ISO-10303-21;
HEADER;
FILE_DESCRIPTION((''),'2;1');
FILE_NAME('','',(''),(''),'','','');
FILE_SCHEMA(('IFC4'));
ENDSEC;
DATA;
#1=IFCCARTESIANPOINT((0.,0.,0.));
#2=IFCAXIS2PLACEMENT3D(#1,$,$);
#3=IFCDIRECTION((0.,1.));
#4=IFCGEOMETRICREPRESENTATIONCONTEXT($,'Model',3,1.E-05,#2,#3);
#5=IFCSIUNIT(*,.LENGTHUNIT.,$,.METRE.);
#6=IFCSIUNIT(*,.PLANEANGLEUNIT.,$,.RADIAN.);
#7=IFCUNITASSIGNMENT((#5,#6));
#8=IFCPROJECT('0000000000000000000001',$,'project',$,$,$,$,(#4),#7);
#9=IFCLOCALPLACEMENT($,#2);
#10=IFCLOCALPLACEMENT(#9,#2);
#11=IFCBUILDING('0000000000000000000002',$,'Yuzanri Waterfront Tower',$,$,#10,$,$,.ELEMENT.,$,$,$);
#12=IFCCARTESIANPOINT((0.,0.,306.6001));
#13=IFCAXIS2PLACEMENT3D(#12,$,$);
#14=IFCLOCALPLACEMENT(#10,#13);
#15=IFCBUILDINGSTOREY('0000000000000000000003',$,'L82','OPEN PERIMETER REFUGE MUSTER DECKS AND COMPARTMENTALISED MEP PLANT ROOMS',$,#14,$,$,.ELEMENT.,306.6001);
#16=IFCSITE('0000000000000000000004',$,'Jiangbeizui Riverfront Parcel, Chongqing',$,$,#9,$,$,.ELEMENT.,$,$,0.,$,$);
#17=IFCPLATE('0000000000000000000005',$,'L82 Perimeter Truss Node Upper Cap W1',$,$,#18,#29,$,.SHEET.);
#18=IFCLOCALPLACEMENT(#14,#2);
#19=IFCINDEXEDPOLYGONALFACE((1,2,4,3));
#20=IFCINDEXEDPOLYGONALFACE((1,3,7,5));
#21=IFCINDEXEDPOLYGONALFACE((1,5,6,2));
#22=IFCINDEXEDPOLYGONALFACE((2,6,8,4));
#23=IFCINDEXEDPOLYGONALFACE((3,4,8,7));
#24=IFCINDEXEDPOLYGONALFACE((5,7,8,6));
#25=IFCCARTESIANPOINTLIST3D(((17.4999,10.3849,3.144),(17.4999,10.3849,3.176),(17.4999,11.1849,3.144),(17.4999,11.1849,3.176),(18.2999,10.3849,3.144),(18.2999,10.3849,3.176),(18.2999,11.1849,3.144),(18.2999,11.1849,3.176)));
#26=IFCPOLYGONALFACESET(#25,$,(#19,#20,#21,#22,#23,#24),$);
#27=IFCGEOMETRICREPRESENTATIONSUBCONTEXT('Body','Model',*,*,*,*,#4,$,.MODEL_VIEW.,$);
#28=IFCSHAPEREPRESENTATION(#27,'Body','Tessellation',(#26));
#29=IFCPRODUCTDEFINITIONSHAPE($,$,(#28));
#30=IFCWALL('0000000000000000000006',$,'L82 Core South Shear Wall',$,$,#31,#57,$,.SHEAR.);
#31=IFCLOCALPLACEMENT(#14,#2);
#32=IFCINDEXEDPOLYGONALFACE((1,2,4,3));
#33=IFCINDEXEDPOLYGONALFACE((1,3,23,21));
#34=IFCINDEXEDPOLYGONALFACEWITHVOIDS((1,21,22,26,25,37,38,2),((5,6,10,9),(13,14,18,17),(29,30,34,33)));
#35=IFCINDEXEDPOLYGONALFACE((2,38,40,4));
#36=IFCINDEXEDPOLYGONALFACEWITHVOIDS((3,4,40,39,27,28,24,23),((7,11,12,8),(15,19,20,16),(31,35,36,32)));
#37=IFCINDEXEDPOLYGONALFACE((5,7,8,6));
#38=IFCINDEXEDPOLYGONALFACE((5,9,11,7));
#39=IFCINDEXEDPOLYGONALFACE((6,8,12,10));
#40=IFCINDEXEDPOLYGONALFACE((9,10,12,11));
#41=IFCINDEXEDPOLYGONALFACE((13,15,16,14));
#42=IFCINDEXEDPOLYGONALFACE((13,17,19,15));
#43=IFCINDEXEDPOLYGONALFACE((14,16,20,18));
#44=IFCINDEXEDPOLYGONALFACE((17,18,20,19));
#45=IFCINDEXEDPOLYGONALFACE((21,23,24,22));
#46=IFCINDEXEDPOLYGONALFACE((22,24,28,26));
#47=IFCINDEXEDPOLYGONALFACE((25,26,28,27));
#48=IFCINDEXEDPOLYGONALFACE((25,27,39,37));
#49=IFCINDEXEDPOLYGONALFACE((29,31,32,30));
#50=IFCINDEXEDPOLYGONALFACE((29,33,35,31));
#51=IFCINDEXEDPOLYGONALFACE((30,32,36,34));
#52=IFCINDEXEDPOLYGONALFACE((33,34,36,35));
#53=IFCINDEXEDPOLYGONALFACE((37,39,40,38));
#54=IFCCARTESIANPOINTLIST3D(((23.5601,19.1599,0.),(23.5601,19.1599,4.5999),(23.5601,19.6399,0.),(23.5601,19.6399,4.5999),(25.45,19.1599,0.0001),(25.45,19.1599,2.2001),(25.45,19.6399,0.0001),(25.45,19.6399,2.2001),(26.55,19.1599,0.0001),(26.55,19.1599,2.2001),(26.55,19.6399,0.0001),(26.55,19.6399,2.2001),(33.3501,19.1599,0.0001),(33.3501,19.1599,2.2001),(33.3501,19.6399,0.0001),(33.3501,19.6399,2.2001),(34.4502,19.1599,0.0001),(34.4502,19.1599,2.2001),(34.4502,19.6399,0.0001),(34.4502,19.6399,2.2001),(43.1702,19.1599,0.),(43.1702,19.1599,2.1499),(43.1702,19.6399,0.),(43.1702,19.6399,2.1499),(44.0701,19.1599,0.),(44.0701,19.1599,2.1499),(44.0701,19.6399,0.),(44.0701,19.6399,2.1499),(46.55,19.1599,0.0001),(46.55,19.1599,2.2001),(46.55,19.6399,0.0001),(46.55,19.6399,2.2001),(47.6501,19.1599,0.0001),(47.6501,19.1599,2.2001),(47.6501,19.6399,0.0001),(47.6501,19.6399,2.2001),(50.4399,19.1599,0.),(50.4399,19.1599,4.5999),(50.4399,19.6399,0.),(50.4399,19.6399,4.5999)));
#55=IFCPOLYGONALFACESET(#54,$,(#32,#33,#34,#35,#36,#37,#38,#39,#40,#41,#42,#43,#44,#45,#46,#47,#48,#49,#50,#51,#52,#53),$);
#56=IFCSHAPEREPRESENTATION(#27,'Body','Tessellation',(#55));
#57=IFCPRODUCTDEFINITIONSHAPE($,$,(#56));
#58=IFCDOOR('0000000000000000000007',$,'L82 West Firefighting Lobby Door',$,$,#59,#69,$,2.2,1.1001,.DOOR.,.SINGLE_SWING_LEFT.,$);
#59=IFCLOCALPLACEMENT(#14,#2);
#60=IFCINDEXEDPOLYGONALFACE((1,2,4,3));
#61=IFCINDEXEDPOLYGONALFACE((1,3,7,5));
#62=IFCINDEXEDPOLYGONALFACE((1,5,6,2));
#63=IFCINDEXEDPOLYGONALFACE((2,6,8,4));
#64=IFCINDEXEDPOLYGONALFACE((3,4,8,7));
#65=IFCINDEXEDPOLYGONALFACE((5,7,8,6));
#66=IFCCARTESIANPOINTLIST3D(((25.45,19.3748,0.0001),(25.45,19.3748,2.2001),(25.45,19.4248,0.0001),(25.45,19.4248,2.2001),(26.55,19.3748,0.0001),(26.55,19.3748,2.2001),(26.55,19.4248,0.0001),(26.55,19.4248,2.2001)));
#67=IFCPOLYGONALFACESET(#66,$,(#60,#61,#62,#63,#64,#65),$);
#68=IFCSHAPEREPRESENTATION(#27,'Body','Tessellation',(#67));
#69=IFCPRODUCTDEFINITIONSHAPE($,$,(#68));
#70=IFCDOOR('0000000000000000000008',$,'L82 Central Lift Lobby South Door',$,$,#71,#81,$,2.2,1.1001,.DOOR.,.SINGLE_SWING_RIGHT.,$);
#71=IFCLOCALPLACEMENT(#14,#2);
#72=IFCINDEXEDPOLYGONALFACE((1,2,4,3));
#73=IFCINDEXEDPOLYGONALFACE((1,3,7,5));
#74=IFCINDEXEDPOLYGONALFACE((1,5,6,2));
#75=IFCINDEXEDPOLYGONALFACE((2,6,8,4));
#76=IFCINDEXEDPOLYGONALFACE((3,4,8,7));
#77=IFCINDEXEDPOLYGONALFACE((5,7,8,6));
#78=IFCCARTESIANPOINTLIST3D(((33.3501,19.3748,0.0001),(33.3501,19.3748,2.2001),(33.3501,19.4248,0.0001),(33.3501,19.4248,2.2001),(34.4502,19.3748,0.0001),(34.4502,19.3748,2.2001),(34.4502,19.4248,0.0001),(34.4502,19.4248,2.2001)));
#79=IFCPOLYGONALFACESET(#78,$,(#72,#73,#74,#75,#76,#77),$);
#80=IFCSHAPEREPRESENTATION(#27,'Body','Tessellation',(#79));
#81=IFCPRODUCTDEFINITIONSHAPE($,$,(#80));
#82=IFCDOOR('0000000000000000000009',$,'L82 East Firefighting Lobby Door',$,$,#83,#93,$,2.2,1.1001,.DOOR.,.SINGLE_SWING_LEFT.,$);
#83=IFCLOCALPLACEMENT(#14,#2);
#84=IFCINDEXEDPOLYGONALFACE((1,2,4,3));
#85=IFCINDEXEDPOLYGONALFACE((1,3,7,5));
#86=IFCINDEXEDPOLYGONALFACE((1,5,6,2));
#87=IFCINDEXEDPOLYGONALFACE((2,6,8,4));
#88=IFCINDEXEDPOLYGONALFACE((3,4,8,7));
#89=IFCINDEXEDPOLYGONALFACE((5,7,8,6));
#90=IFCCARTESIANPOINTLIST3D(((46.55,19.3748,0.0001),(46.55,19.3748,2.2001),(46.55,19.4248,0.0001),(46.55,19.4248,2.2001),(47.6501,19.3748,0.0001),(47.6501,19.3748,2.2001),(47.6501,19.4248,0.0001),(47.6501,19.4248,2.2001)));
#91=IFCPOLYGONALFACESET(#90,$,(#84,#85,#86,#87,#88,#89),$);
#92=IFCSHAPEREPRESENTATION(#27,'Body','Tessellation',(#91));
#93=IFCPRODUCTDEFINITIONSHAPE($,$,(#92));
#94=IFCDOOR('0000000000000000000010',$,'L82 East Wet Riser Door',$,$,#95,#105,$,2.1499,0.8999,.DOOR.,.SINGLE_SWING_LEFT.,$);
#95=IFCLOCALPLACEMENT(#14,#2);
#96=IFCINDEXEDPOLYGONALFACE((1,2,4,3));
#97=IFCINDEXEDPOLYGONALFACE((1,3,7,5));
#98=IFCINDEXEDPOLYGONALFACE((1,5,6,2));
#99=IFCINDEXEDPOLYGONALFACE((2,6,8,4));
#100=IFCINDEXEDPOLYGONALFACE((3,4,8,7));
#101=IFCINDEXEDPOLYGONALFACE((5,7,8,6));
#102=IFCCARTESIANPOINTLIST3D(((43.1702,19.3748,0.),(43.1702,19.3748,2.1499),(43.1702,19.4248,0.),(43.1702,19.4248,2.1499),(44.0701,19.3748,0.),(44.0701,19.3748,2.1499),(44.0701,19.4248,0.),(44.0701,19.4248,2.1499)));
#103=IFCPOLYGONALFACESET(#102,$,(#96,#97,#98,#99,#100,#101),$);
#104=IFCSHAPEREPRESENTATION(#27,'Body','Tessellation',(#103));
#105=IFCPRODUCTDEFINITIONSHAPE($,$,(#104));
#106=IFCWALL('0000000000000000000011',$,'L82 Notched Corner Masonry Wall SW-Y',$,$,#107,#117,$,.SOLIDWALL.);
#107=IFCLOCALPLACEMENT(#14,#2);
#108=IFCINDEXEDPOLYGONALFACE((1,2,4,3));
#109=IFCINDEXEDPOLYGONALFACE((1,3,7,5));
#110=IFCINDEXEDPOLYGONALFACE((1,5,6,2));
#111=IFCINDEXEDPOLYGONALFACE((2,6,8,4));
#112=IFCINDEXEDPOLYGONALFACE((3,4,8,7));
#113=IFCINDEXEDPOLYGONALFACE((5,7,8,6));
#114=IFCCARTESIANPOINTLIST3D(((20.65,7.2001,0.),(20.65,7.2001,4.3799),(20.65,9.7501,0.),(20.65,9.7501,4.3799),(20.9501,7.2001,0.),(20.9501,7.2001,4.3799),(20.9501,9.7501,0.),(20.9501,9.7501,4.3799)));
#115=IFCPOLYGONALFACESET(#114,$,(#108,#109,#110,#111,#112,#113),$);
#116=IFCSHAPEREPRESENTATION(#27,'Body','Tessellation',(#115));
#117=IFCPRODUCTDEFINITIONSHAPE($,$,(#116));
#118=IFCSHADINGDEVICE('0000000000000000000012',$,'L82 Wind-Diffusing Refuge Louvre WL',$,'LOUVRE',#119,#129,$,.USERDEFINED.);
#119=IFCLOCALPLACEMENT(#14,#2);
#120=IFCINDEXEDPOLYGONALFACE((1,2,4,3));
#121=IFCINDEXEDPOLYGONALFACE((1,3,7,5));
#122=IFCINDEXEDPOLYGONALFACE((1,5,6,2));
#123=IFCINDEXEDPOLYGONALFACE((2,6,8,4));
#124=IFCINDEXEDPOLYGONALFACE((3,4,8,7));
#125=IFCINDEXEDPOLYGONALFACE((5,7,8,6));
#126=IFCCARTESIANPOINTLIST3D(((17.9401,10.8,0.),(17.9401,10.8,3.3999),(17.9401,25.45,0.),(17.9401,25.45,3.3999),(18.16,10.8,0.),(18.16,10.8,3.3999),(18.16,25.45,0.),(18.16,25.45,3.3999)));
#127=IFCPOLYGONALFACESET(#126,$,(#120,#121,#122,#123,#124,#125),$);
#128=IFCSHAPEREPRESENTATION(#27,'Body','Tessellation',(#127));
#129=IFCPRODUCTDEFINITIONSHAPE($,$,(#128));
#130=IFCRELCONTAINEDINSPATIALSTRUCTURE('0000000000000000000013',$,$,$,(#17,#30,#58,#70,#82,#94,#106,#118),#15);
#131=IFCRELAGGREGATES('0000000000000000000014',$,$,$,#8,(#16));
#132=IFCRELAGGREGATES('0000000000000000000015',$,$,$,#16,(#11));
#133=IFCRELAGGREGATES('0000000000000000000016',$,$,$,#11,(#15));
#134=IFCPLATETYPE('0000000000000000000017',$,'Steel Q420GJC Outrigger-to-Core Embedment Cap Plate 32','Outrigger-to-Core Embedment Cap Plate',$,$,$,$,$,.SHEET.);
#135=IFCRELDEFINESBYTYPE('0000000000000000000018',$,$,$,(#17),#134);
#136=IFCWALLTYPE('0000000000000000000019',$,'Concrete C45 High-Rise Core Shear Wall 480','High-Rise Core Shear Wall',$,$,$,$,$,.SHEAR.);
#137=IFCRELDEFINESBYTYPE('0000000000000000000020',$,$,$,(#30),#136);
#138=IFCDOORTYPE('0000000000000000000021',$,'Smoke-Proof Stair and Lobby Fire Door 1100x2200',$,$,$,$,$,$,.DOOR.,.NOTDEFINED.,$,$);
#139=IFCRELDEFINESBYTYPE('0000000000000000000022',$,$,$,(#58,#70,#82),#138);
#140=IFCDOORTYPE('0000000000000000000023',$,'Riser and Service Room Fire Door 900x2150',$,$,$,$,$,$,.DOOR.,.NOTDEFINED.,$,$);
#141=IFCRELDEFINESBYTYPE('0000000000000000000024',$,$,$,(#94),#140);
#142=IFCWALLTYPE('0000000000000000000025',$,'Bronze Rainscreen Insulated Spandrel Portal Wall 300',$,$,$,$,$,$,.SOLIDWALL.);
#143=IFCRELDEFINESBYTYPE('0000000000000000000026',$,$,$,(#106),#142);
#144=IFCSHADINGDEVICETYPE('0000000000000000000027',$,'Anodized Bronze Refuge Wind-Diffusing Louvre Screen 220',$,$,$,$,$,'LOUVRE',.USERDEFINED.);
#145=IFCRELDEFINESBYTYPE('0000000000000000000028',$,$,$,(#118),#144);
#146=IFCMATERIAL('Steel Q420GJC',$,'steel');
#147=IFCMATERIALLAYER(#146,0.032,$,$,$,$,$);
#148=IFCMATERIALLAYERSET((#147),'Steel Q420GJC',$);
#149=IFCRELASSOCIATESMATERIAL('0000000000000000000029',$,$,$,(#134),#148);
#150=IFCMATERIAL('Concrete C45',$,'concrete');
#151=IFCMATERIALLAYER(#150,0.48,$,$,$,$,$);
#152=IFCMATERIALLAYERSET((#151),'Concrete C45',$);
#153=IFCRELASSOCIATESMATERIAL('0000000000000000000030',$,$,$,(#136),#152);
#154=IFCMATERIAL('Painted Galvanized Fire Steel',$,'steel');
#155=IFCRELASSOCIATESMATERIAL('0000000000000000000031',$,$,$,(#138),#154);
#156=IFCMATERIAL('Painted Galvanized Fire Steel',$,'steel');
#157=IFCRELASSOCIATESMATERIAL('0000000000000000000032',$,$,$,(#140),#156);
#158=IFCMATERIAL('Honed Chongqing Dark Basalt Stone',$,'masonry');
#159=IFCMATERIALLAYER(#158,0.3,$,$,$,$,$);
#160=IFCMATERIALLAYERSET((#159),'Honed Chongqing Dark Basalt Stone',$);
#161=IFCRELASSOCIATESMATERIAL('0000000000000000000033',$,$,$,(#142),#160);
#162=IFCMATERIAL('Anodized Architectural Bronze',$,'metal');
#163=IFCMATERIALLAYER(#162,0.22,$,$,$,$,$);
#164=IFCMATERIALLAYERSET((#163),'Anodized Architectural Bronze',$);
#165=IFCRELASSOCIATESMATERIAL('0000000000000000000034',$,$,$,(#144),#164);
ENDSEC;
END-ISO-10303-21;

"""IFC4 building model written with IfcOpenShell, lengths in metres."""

from ifc_helpers import new_model, si_unit, direction, frame, frame_2d, origin, origin_2d, place, context, subcontext, project, spatial, rectangle, extrude, source, transform, mapped, material, layer, layer_set, type_object, element, fill, save


model = new_model("IFC4")

# Units and contexts
model_context = context("Model", 3, precision=1e-05, world=origin(), true_north=direction((0.0, 1.0)))
body_context = subcontext(model_context, "Body", "Model", "MODEL_VIEW")
ifc_project = project(units=[si_unit("LENGTHUNIT", "METRE"), si_unit("PLANEANGLEUNIT", "RADIAN")], contexts=[model_context])

# Site, building, storey
site_placement = place(None, origin())
site = spatial("IfcSite", under=ifc_project, at=site_placement, Name="Jiangbeizui Riverfront Parcel, Chongqing", CompositionType="ELEMENT", RefElevation=0.0)
building_placement = place(site_placement, origin())
building = spatial("IfcBuilding", under=site, at=building_placement, Name="Yuzanri Waterfront Tower", CompositionType="ELEMENT")
storey_placement = place(building_placement, frame((0.0, 0.0, 306.6001)))
storey = spatial("IfcBuildingStorey", under=building, at=storey_placement, Name="L82", Description="OPEN PERIMETER REFUGE MUSTER DECKS AND COMPARTMENTALISED MEP PLANT ROOMS", CompositionType="ELEMENT", Elevation=306.6001)

# Plate
ifc_material_1 = material(Name="Steel Q420GJC", Category="steel")
ifc_layer_1 = layer(ifc_material_1, 0.032)
ifc_layer_set_1 = layer_set([ifc_layer_1], Name="Steel Q420GJC")
plate_type_1 = type_object("IfcPlateType", Name="Steel Q420GJC Outrigger-to-Core Embedment Cap Plate 32", Description="Outrigger-to-Core Embedment Cap Plate", PredefinedType="SHEET", material=ifc_layer_set_1)
shared_shape_1 = source(origin(), body_context, "Body", "SweptSolid", [
    extrude(rectangle(XDim=0.8, YDim=0.8, at=origin_2d()), origin(), (0.0, 0.0, 1.0), 0.032),
])
for number, where, z_axis, x_axis, name in (
    (1, (17.8999, 10.7849, 3.144), (0.0, 0.0, 1.0), (1.0, 0.0, 0.0), "L82 Perimeter Truss Node Upper Cap W1"),
):
    element("IfcPlate", number, at=place(storey_placement, frame(where, z_axis=z_axis, x_axis=x_axis)), inside=storey, type_object=plate_type_1, Name=name, PredefinedType="SHEET", context=body_context, shape_type="MappedRepresentation", body=[
        mapped(shared_shape_1, transform((0.0, 0.0, 0.0), scale=1.0)),
    ])

# Wall, openings, doors
ifc_material_2 = material(Name="Concrete C45", Category="concrete")
ifc_layer_2 = layer(ifc_material_2, 0.48)
ifc_layer_set_2 = layer_set([ifc_layer_2], Name="Concrete C45")
wall_type_1 = type_object("IfcWallType", Name="Concrete C45 High-Rise Core Shear Wall 480", Description="High-Rise Core Shear Wall", PredefinedType="SHEAR", material=ifc_layer_set_2)
wall_1_placement = place(storey_placement, frame((23.5601, 19.3999, 0.0), z_axis=(0.0, 0.0, 1.0), x_axis=(1.0, 0.0, 0.0)))
wall_1 = element("IfcWall", 2, at=wall_1_placement, inside=storey, type_object=wall_type_1, Name="L82 Core South Shear Wall", PredefinedType="SHEAR", context=body_context, shape_type="SweptSolid", body=[
    extrude(rectangle(XDim=26.8799, YDim=0.48, at=frame_2d((13.4399, 0.0))), origin(), (0.0, 0.0, 1.0), 4.5999),
])
opening_1_placement = place(wall_1_placement, frame((1.8899, 0.0, 0.0)))
opening_1 = element("IfcOpeningElement", 3, at=opening_1_placement, cuts=wall_1, PredefinedType="OPENING", context=body_context, shape_type="SweptSolid", body=[
    extrude(rectangle(XDim=1.1001, YDim=2.2, at=frame_2d((0.55, 1.1001))), frame((0.0, 0.2549, 0.0), z_axis=(0.0, -1.0, 0.0), x_axis=(1.0, 0.0, 0.0)), (0.0, 0.0, 1.0), 0.5098),
])
opening_2_placement = place(wall_1_placement, frame((9.79, 0.0, 0.0)))
opening_2 = element("IfcOpeningElement", 4, at=opening_2_placement, cuts=wall_1, PredefinedType="OPENING", context=body_context, shape_type="SweptSolid", body=[
    extrude(rectangle(XDim=1.1001, YDim=2.2, at=frame_2d((0.55, 1.1001))), frame((0.0, 0.2549, 0.0), z_axis=(0.0, -1.0, 0.0), x_axis=(1.0, 0.0, 0.0)), (0.0, 0.0, 1.0), 0.5098),
])
opening_3_placement = place(wall_1_placement, frame((22.99, 0.0, 0.0)))
opening_3 = element("IfcOpeningElement", 5, at=opening_3_placement, cuts=wall_1, PredefinedType="OPENING", context=body_context, shape_type="SweptSolid", body=[
    extrude(rectangle(XDim=1.1001, YDim=2.2, at=frame_2d((0.55, 1.1001))), frame((0.0, 0.2549, 0.0), z_axis=(0.0, -1.0, 0.0), x_axis=(1.0, 0.0, 0.0)), (0.0, 0.0, 1.0), 0.5098),
])
opening_4_placement = place(wall_1_placement, frame((19.6101, 0.0, 0.0)))
opening_4 = element("IfcOpeningElement", 6, at=opening_4_placement, cuts=wall_1, PredefinedType="OPENING", context=body_context, shape_type="SweptSolid", body=[
    extrude(rectangle(XDim=0.8999, YDim=2.1499, at=frame_2d((0.45, 1.075))), frame((0.0, 0.2549, 0.0), z_axis=(0.0, -1.0, 0.0), x_axis=(1.0, 0.0, 0.0)), (0.0, 0.0, 1.0), 0.5098),
])
ifc_material_3 = material(Name="Painted Galvanized Fire Steel", Category="steel")
door_type_1 = type_object("IfcDoorType", Name="Smoke-Proof Stair and Lobby Fire Door 1100x2200", OperationType="NOTDEFINED", PredefinedType="DOOR", material=ifc_material_3)
shared_shape_2 = source(origin(), body_context, "Body", "SweptSolid", [
    extrude(rectangle(XDim=1.1001, YDim=2.2, at=frame_2d((0.55, 1.1001))), frame((0.0, 0.0249, 0.0), z_axis=(0.0, -1.0, 0.0), x_axis=(1.0, 0.0, 0.0)), (0.0, 0.0, 1.0), 0.05),
])
door_1_placement = place(opening_1_placement, origin())
door_1 = element("IfcDoor", 7, at=door_1_placement, inside=storey, type_object=door_type_1, Name="L82 West Firefighting Lobby Door", OperationType="SINGLE_SWING_LEFT", OverallHeight=2.2, OverallWidth=1.1001, PredefinedType="DOOR", context=body_context, shape_type="MappedRepresentation", body=[
    mapped(shared_shape_2, transform((0.0, 0.0, 0.0), scale=1.0)),
])
fill(opening_1, door_1)
door_2_placement = place(opening_2_placement, origin())
door_2 = element("IfcDoor", 8, at=door_2_placement, inside=storey, type_object=door_type_1, Name="L82 Central Lift Lobby South Door", OperationType="SINGLE_SWING_RIGHT", OverallHeight=2.2, OverallWidth=1.1001, PredefinedType="DOOR", context=body_context, shape_type="MappedRepresentation", body=[
    mapped(shared_shape_2, transform((0.0, 0.0, 0.0), scale=1.0)),
])
fill(opening_2, door_2)
door_3_placement = place(opening_3_placement, origin())
door_3 = element("IfcDoor", 9, at=door_3_placement, inside=storey, type_object=door_type_1, Name="L82 East Firefighting Lobby Door", OperationType="SINGLE_SWING_LEFT", OverallHeight=2.2, OverallWidth=1.1001, PredefinedType="DOOR", context=body_context, shape_type="MappedRepresentation", body=[
    mapped(shared_shape_2, transform((0.0, 0.0, 0.0), scale=1.0)),
])
fill(opening_3, door_3)
ifc_material_4 = material(Name="Painted Galvanized Fire Steel", Category="steel")
door_type_2 = type_object("IfcDoorType", Name="Riser and Service Room Fire Door 900x2150", OperationType="NOTDEFINED", PredefinedType="DOOR", material=ifc_material_4)
shared_shape_3 = source(origin(), body_context, "Body", "SweptSolid", [
    extrude(rectangle(XDim=0.8999, YDim=2.1499, at=frame_2d((0.45, 1.075))), frame((0.0, 0.0249, 0.0), z_axis=(0.0, -1.0, 0.0), x_axis=(1.0, 0.0, 0.0)), (0.0, 0.0, 1.0), 0.05),
])
door_4_placement = place(opening_4_placement, origin())
door_4 = element("IfcDoor", 10, at=door_4_placement, inside=storey, type_object=door_type_2, Name="L82 East Wet Riser Door", OperationType="SINGLE_SWING_LEFT", OverallHeight=2.1499, OverallWidth=0.8999, PredefinedType="DOOR", context=body_context, shape_type="MappedRepresentation", body=[
    mapped(shared_shape_3, transform((0.0, 0.0, 0.0), scale=1.0)),
])
fill(opening_4, door_4)

# Wall
ifc_material_5 = material(Name="Honed Chongqing Dark Basalt Stone", Category="masonry")
ifc_layer_3 = layer(ifc_material_5, 0.3)
ifc_layer_set_3 = layer_set([ifc_layer_3], Name="Honed Chongqing Dark Basalt Stone")
wall_type_2 = type_object("IfcWallType", Name="Bronze Rainscreen Insulated Spandrel Portal Wall 300", PredefinedType="SOLIDWALL", material=ifc_layer_set_3)
shared_shape_4 = source(origin(), body_context, "Body", "SweptSolid", [
    extrude(rectangle(XDim=2.55, YDim=0.3, at=frame_2d((1.2749, 0.0))), origin(), (0.0, 0.0, 1.0), 4.3799),
])
wall_2_placement = place(storey_placement, frame((20.8, 9.75, 0.0), z_axis=(0.0, 0.0, 1.0), x_axis=(0.0, -1.0, 0.0)))
element("IfcWall", 11, at=wall_2_placement, inside=storey, type_object=wall_type_2, Name="L82 Notched Corner Masonry Wall SW-Y", PredefinedType="SOLIDWALL", context=body_context, shape_type="MappedRepresentation", body=[
    mapped(shared_shape_4, transform((0.0, 0.0, 0.0), scale=1.0)),
])

# Shading device
ifc_material_6 = material(Name="Anodized Architectural Bronze", Category="metal")
ifc_layer_4 = layer(ifc_material_6, 0.22)
ifc_layer_set_4 = layer_set([ifc_layer_4], Name="Anodized Architectural Bronze")
shading_device_type = type_object("IfcShadingDeviceType", Name="Anodized Bronze Refuge Wind-Diffusing Louvre Screen 220", ElementType="LOUVRE", PredefinedType="USERDEFINED", material=ifc_layer_set_4)
shared_shape_5 = source(origin(), body_context, "Body", "SweptSolid", [
    extrude(rectangle(XDim=0.22, YDim=14.6499, at=origin_2d()), origin(), (0.0, 0.0, 1.0), 3.3999),
])
shading_device_placement = place(storey_placement, frame((18.05, 18.125, 0.0), z_axis=(0.0, 0.0, 1.0), x_axis=(1.0, 0.0, 0.0)))
element("IfcShadingDevice", 12, at=shading_device_placement, inside=storey, type_object=shading_device_type, Name="L82 Wind-Diffusing Refuge Louvre WL", ObjectType="LOUVRE", PredefinedType="USERDEFINED", context=body_context, shape_type="MappedRepresentation", body=[
    mapped(shared_shape_5, transform((0.0, 0.0, 0.0), scale=1.0)),
])

save(model, "model.ifc")
